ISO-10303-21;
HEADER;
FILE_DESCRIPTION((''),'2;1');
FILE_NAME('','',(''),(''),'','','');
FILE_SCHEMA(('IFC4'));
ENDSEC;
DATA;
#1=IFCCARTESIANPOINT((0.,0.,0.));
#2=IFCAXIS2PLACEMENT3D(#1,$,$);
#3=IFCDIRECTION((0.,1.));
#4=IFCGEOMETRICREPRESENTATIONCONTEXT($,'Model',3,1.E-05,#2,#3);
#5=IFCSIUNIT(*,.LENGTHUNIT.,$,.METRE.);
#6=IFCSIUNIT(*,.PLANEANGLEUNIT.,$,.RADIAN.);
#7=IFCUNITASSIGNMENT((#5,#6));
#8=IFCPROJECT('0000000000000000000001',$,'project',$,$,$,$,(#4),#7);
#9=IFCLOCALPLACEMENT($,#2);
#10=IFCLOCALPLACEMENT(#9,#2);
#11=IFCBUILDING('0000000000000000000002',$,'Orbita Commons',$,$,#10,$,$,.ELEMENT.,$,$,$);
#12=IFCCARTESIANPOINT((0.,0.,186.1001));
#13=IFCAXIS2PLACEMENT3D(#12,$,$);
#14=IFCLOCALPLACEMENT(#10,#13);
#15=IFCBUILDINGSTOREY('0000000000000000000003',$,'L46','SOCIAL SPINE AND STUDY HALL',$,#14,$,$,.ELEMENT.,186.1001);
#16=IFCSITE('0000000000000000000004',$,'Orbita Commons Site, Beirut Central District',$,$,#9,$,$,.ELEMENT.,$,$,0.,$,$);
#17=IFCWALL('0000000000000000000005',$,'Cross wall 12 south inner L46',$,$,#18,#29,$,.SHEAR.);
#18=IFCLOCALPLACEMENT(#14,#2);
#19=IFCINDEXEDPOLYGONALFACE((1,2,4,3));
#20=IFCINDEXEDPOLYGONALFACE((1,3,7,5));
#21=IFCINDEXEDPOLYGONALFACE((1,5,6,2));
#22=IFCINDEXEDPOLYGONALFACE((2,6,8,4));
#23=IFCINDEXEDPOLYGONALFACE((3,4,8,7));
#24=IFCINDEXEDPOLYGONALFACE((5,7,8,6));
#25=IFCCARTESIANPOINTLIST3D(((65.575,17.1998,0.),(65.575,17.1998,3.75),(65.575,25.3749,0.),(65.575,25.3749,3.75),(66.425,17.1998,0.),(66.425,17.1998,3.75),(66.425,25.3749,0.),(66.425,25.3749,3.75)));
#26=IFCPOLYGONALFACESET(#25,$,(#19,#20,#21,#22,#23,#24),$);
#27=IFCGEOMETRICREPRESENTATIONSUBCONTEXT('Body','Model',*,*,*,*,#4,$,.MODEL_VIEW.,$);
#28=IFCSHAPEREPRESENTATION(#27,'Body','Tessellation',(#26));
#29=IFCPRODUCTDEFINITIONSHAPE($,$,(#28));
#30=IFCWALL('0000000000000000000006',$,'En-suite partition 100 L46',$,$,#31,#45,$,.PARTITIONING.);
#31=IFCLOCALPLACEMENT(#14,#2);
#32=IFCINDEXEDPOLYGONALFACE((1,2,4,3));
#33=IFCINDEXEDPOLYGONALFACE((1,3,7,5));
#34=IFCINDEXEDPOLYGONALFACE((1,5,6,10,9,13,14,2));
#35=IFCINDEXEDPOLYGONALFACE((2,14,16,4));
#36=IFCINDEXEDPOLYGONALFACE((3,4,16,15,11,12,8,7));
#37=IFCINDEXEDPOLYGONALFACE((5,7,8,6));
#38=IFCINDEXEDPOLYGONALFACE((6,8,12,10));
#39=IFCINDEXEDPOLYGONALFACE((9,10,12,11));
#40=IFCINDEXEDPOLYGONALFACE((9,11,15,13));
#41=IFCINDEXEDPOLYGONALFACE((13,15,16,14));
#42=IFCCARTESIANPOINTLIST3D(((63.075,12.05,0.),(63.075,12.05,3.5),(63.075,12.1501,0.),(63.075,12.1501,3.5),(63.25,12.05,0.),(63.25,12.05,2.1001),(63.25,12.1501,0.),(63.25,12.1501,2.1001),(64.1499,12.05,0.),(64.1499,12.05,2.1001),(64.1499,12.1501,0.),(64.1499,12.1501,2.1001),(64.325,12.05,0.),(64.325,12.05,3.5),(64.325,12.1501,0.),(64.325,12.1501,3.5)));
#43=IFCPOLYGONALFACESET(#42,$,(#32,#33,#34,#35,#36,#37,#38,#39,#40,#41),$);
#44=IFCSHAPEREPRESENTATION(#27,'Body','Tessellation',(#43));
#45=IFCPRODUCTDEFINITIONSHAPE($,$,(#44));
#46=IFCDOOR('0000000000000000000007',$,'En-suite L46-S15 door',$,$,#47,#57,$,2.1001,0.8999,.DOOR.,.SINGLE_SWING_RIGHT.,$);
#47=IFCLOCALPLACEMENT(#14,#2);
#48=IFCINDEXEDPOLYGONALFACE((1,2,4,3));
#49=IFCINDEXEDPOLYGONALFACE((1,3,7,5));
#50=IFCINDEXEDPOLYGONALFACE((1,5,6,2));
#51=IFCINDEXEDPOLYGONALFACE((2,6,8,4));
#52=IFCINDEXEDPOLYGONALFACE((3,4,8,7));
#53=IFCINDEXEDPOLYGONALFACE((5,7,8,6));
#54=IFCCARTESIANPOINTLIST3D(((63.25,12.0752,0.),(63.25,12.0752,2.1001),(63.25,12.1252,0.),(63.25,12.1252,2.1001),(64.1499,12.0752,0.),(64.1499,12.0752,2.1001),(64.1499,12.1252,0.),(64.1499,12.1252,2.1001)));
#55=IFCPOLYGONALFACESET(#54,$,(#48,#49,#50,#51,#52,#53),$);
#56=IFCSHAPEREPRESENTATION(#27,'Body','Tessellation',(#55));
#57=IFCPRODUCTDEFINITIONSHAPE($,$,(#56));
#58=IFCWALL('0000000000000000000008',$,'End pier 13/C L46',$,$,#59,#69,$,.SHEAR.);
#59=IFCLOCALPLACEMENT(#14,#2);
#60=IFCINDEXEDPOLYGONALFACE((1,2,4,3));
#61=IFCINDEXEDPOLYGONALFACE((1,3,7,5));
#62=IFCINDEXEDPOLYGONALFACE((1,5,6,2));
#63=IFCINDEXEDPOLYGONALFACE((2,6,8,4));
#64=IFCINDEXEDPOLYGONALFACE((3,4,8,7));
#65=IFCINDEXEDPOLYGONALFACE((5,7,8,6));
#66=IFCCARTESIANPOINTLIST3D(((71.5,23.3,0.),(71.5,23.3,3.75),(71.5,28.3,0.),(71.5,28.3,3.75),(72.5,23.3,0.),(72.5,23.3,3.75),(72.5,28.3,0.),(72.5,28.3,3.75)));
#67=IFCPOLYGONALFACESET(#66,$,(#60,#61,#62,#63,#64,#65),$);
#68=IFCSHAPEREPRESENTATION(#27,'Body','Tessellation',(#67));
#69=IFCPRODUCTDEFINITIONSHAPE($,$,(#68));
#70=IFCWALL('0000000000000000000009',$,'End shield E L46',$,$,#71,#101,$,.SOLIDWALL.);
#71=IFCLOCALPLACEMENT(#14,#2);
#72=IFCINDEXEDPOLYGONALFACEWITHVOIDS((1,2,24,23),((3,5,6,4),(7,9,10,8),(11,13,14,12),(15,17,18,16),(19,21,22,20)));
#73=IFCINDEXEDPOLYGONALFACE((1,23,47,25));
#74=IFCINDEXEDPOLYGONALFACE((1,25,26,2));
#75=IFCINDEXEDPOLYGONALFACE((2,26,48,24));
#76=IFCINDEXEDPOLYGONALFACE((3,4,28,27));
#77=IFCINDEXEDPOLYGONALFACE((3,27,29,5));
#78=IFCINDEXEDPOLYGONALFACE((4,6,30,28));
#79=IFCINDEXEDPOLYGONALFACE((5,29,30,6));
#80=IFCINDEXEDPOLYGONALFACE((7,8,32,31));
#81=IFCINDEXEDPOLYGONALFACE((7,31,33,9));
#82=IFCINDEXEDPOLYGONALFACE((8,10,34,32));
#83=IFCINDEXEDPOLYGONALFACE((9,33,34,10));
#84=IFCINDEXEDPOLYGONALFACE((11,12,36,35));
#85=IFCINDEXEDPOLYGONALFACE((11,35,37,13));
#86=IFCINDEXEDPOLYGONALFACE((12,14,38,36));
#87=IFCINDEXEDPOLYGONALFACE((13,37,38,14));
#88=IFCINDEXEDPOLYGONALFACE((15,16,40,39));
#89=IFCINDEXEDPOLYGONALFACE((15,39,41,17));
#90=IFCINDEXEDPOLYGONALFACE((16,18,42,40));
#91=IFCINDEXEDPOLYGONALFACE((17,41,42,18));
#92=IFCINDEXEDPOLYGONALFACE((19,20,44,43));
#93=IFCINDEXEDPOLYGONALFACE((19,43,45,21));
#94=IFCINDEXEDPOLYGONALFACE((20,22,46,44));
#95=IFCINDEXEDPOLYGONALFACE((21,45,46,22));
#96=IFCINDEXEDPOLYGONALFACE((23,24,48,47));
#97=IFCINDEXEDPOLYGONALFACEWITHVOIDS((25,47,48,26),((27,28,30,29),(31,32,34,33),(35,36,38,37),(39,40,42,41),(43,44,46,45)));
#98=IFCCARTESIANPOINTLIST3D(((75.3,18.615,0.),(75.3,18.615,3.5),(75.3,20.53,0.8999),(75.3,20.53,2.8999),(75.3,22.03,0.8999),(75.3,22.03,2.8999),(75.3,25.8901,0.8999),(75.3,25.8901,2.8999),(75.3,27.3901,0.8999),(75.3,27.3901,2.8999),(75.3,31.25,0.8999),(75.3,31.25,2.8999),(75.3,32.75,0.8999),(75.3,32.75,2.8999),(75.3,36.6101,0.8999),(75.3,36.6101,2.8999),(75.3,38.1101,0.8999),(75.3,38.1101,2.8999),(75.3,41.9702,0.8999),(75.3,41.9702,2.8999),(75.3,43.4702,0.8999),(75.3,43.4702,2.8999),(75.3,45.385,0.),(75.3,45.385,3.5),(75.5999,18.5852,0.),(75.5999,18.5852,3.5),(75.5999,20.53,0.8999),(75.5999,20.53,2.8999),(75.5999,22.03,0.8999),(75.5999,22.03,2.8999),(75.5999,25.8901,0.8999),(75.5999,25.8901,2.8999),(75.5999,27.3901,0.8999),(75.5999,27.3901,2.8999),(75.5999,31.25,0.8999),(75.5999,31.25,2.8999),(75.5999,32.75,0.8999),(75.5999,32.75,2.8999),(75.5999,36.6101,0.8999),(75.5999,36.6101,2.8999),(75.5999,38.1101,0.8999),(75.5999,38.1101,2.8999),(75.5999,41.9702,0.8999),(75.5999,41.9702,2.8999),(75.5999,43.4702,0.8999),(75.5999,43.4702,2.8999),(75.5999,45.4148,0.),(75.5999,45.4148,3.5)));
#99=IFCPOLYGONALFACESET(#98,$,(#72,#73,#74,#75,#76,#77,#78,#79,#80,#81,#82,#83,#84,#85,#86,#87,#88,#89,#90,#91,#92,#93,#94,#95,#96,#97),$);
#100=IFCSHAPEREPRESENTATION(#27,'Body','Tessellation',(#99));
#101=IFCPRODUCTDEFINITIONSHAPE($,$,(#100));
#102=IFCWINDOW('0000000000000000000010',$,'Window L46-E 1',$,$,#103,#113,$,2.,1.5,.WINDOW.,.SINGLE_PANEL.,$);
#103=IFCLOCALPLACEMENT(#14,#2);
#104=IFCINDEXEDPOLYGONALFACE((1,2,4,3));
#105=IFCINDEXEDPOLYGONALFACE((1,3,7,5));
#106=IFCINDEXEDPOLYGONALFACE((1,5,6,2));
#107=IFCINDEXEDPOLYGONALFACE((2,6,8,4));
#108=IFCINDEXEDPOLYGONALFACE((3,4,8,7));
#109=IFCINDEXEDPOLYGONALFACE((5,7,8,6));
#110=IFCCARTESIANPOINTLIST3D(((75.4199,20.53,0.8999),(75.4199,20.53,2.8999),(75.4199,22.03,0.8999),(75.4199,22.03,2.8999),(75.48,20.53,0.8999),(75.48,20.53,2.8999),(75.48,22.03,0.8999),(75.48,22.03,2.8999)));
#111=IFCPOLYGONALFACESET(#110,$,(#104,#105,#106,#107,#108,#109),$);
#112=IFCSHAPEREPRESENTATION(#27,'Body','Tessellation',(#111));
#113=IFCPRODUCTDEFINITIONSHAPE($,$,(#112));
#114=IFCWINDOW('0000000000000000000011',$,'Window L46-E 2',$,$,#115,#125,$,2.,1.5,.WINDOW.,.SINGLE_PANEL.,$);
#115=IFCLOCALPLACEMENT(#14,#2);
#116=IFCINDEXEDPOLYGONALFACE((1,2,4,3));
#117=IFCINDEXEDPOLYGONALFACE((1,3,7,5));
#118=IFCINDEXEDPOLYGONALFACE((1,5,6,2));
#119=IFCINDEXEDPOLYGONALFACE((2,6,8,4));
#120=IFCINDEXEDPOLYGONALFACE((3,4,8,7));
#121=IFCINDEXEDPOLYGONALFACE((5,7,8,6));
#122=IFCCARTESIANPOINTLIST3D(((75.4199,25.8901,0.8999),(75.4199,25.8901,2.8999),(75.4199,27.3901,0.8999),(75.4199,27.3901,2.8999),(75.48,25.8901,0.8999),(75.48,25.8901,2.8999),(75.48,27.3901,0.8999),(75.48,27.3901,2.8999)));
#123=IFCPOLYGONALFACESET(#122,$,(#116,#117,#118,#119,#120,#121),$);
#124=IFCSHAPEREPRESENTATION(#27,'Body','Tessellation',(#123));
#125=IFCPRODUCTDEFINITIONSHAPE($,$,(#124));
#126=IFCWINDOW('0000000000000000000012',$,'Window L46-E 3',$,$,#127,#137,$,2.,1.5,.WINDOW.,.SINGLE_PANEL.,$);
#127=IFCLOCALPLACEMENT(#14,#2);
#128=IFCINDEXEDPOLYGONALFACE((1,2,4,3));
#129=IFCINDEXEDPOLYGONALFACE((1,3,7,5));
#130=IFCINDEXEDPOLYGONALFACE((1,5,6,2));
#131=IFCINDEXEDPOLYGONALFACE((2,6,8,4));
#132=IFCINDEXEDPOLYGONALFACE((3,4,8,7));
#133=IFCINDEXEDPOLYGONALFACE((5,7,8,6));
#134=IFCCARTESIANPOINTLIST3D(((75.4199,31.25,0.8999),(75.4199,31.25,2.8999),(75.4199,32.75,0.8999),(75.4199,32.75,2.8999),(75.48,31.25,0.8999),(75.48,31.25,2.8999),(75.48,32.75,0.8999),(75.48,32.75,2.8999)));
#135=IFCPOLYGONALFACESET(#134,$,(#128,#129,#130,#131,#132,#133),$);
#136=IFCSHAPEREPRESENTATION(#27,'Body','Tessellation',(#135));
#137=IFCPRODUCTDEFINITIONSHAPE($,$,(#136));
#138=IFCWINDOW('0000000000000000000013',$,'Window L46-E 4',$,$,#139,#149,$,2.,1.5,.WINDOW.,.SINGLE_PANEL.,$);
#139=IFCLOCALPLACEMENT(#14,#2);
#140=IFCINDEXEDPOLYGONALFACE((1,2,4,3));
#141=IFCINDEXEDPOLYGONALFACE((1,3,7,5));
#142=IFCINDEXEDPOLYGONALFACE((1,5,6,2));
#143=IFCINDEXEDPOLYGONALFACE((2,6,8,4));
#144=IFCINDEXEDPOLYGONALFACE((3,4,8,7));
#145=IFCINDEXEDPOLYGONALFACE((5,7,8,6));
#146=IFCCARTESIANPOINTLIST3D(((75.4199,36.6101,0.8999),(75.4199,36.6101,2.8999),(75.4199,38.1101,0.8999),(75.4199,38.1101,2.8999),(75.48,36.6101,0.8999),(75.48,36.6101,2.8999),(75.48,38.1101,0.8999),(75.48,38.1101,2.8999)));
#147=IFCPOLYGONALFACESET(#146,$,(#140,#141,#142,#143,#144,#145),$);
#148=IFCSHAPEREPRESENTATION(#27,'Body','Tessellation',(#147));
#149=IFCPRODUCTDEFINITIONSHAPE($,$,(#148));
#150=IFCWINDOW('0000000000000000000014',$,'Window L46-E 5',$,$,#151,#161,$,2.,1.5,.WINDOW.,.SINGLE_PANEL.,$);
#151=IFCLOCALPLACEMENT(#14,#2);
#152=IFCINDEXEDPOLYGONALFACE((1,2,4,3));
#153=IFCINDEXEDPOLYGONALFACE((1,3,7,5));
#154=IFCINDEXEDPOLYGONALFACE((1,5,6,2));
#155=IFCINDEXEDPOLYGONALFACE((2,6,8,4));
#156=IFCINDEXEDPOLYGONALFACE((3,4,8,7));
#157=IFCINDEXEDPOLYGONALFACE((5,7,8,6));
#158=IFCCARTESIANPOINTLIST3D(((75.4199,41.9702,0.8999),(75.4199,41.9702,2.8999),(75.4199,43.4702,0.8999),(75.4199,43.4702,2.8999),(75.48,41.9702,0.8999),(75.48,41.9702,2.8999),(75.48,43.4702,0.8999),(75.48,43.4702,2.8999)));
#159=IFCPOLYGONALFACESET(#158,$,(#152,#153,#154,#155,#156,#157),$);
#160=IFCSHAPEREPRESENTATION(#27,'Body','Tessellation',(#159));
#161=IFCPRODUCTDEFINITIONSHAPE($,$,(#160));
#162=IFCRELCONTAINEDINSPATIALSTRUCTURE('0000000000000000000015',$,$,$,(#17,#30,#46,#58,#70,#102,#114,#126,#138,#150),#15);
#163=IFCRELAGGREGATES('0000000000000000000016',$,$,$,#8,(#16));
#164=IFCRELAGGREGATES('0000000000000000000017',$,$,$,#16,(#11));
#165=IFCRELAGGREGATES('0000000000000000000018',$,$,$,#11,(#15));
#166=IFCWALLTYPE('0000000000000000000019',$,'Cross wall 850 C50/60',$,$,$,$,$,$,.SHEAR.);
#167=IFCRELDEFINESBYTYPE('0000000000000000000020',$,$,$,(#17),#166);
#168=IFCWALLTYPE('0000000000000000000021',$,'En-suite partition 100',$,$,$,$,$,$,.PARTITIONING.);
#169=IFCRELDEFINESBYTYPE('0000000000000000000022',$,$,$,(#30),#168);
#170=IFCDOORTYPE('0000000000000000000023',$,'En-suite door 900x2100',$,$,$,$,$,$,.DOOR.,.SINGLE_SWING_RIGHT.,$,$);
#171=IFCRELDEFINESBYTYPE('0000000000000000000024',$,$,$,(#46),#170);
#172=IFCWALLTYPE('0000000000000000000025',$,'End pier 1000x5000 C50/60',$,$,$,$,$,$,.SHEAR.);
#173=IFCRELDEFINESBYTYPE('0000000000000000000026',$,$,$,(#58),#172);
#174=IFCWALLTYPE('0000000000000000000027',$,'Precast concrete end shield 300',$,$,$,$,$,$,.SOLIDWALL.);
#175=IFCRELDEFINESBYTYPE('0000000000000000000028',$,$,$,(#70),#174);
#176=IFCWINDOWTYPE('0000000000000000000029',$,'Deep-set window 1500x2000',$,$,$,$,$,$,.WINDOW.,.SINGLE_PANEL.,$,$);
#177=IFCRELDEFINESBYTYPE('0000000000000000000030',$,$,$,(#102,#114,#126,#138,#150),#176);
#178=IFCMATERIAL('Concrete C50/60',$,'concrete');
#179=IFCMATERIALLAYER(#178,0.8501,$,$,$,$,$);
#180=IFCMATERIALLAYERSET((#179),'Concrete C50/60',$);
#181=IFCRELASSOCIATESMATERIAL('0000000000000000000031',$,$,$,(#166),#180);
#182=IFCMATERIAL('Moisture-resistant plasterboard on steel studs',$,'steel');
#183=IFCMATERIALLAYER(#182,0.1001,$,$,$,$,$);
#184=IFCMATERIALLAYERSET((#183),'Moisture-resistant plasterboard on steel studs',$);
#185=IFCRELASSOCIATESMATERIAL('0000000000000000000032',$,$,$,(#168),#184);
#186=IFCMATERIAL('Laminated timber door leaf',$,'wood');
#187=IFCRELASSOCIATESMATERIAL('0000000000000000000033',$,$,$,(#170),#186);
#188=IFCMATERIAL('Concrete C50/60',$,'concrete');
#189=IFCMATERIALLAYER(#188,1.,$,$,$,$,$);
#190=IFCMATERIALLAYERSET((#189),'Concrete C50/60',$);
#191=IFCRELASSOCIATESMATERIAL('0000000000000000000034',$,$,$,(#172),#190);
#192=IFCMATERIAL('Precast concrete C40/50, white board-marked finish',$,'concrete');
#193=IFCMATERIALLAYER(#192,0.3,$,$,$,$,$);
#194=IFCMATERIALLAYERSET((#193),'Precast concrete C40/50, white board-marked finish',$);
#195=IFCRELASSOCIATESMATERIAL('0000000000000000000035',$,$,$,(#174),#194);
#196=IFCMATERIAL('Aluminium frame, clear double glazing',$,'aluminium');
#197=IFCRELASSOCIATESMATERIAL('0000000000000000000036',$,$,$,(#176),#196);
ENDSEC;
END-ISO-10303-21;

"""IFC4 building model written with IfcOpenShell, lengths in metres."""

from ifc_helpers import new_model, si_unit, direction, frame, frame_2d, origin, place, context, subcontext, project, spatial, polyline, rectangle, outline, extrude, material, layer, layer_set, type_object, element, fill, save


model = new_model("IFC4")

# Units and contexts
model_context = context("Model", 3, precision=1e-05, world=origin(), true_north=direction((0.0, 1.0)))
body_context = subcontext(model_context, "Body", "Model", "MODEL_VIEW")
ifc_project = project(units=[si_unit("LENGTHUNIT", "METRE"), si_unit("PLANEANGLEUNIT", "RADIAN")], contexts=[model_context])

# Site, building, storey
site_placement = place(None, origin())
site = spatial("IfcSite", under=ifc_project, at=site_placement, Name="Orbita Commons Site, Beirut Central District", CompositionType="ELEMENT", RefElevation=0.0)
building_placement = place(site_placement, origin())
building = spatial("IfcBuilding", under=site, at=building_placement, Name="Orbita Commons", CompositionType="ELEMENT")
storey_placement = place(building_placement, frame((0.0, 0.0, 186.1001)))
storey = spatial("IfcBuildingStorey", under=building, at=storey_placement, Name="L46", Description="SOCIAL SPINE AND STUDY HALL", CompositionType="ELEMENT", Elevation=186.1001)

# Wall
ifc_material_1 = material(Name="Concrete C50/60", Category="concrete")
ifc_layer_1 = layer(ifc_material_1, 0.8501)
ifc_layer_set_1 = layer_set([ifc_layer_1], Name="Concrete C50/60")
wall_type_1 = type_object("IfcWallType", Name="Cross wall 850 C50/60", PredefinedType="SHEAR", material=ifc_layer_set_1)
wall_1_placement = place(storey_placement, frame((66.0, 17.2, 0.0), z_axis=(0.0, 0.0, 1.0), x_axis=(0.0, 1.0, 0.0)))
element("IfcWall", 1, at=wall_1_placement, inside=storey, type_object=wall_type_1, Name="Cross wall 12 south inner L46", PredefinedType="SHEAR", context=body_context, shape_type="SweptSolid", body=[
    extrude(rectangle(XDim=8.175, YDim=0.8501, at=frame_2d((4.0874, 0.0))), origin(), (0.0, 0.0, 1.0), 3.75),
])

# Wall, opening, door
ifc_material_2 = material(Name="Moisture-resistant plasterboard on steel studs", Category="steel")
ifc_layer_2 = layer(ifc_material_2, 0.1001)
ifc_layer_set_2 = layer_set([ifc_layer_2], Name="Moisture-resistant plasterboard on steel studs")
wall_type_2 = type_object("IfcWallType", Name="En-suite partition 100", PredefinedType="PARTITIONING", material=ifc_layer_set_2)
wall_2_placement = place(storey_placement, frame((64.325, 12.1001, 0.0), z_axis=(0.0, 0.0, 1.0), x_axis=(-1.0, 0.0, 0.0)))
wall_2 = element("IfcWall", 2, at=wall_2_placement, inside=storey, type_object=wall_type_2, Name="En-suite partition 100 L46", PredefinedType="PARTITIONING", context=body_context, shape_type="SweptSolid", body=[
    extrude(rectangle(XDim=1.25, YDim=0.1001, at=frame_2d((0.625, 0.0))), origin(), (0.0, 0.0, 1.0), 3.5),
])
opening_1_placement = place(wall_2_placement, frame((0.175, 0.0, 0.0)))
opening_1 = element("IfcOpeningElement", 3, at=opening_1_placement, cuts=wall_2, PredefinedType="OPENING", context=body_context, shape_type="SweptSolid", body=[
    extrude(rectangle(XDim=0.8999, YDim=2.1001, at=frame_2d((0.45, 1.05))), frame((0.0, 0.0601, 0.0), z_axis=(0.0, -1.0, 0.0), x_axis=(1.0, 0.0, 0.0)), (0.0, 0.0, 1.0), 0.1201),
])
ifc_material_3 = material(Name="Laminated timber door leaf", Category="wood")
door_type_1 = type_object("IfcDoorType", Name="En-suite door 900x2100", OperationType="SINGLE_SWING_RIGHT", PredefinedType="DOOR", material=ifc_material_3)
door_1_placement = place(opening_1_placement, origin())
door_1 = element("IfcDoor", 4, at=door_1_placement, inside=storey, type_object=door_type_1, Name="En-suite L46-S15 door", OperationType="SINGLE_SWING_RIGHT", OverallHeight=2.1001, OverallWidth=0.8999, PredefinedType="DOOR", context=body_context, shape_type="SweptSolid", body=[
    extrude(rectangle(XDim=0.8999, YDim=2.1001, at=frame_2d((0.45, 1.05))), frame((0.0, 0.0249, 0.0), z_axis=(0.0, -1.0, 0.0), x_axis=(1.0, 0.0, 0.0)), (0.0, 0.0, 1.0), 0.05),
])
fill(opening_1, door_1)

# Wall
ifc_material_4 = material(Name="Concrete C50/60", Category="concrete")
ifc_layer_3 = layer(ifc_material_4, 1.0)
ifc_layer_set_3 = layer_set([ifc_layer_3], Name="Concrete C50/60")
wall_type_3 = type_object("IfcWallType", Name="End pier 1000x5000 C50/60", PredefinedType="SHEAR", material=ifc_layer_set_3)
wall_3_placement = place(storey_placement, frame((72.0, 23.3, 0.0), z_axis=(0.0, 0.0, 1.0), x_axis=(0.0, 1.0, 0.0)))
element("IfcWall", 5, at=wall_3_placement, inside=storey, type_object=wall_type_3, Name="End pier 13/C L46", PredefinedType="SHEAR", context=body_context, shape_type="SweptSolid", body=[
    extrude(rectangle(XDim=5.0, YDim=1.0, at=frame_2d((2.5, 0.0))), origin(), (0.0, 0.0, 1.0), 3.75),
])

# Wall, openings, windows
ifc_material_5 = material(Name="Precast concrete C40/50, white board-marked finish", Category="concrete")
ifc_layer_4 = layer(ifc_material_5, 0.3)
ifc_layer_set_4 = layer_set([ifc_layer_4], Name="Precast concrete C40/50, white board-marked finish")
wall_type_4 = type_object("IfcWallType", Name="Precast concrete end shield 300", PredefinedType="SOLIDWALL", material=ifc_layer_set_4)
wall_4_placement = place(storey_placement, frame((75.45, 18.6001, 0.0), z_axis=(0.0, 0.0, 1.0), x_axis=(0.0, 1.0, 0.0)))
wall_4 = element("IfcWall", 6, at=wall_4_placement, inside=storey, type_object=wall_type_4, Name="End shield E L46", PredefinedType="SOLIDWALL", context=body_context, shape_type="SweptSolid", body=[
    extrude(outline(polyline([(-0.0149, -0.1499), (26.8147, -0.1499), (26.7849, 0.1499), (0.0149, 0.1499), (-0.0149, -0.1499)])), origin(), (0.0, 0.0, 1.0), 3.5),
])
opening_2_placement = place(wall_4_placement, frame((1.9299, 0.0, 0.8999)))
opening_2 = element("IfcOpeningElement", 7, at=opening_2_placement, cuts=wall_4, PredefinedType="OPENING", context=body_context, shape_type="SweptSolid", body=[
    extrude(rectangle(XDim=1.5, YDim=2.0, at=frame_2d((0.75, 1.0))), frame((0.0, 0.1599, 0.0), z_axis=(0.0, -1.0, 0.0), x_axis=(1.0, 0.0, 0.0)), (0.0, 0.0, 1.0), 0.3201),
])
opening_3_placement = place(wall_4_placement, frame((7.29, 0.0, 0.8999)))
opening_3 = element("IfcOpeningElement", 8, at=opening_3_placement, cuts=wall_4, PredefinedType="OPENING", context=body_context, shape_type="SweptSolid", body=[
    extrude(rectangle(XDim=1.5, YDim=2.0, at=frame_2d((0.75, 1.0))), frame((0.0, 0.1599, 0.0), z_axis=(0.0, -1.0, 0.0), x_axis=(1.0, 0.0, 0.0)), (0.0, 0.0, 1.0), 0.3201),
])
opening_4_placement = place(wall_4_placement, frame((12.6499, 0.0, 0.8999)))
opening_4 = element("IfcOpeningElement", 9, at=opening_4_placement, cuts=wall_4, PredefinedType="OPENING", context=body_context, shape_type="SweptSolid", body=[
    extrude(rectangle(XDim=1.5, YDim=2.0, at=frame_2d((0.75, 1.0))), frame((0.0, 0.1599, 0.0), z_axis=(0.0, -1.0, 0.0), x_axis=(1.0, 0.0, 0.0)), (0.0, 0.0, 1.0), 0.3201),
])
opening_5_placement = place(wall_4_placement, frame((18.01, 0.0, 0.8999)))
opening_5 = element("IfcOpeningElement", 10, at=opening_5_placement, cuts=wall_4, PredefinedType="OPENING", context=body_context, shape_type="SweptSolid", body=[
    extrude(rectangle(XDim=1.5, YDim=2.0, at=frame_2d((0.75, 1.0))), frame((0.0, 0.1599, 0.0), z_axis=(0.0, -1.0, 0.0), x_axis=(1.0, 0.0, 0.0)), (0.0, 0.0, 1.0), 0.3201),
])
opening_6_placement = place(wall_4_placement, frame((23.3701, 0.0, 0.8999)))
opening_6 = element("IfcOpeningElement", 11, at=opening_6_placement, cuts=wall_4, PredefinedType="OPENING", context=body_context, shape_type="SweptSolid", body=[
    extrude(rectangle(XDim=1.5, YDim=2.0, at=frame_2d((0.75, 1.0))), frame((0.0, 0.1599, 0.0), z_axis=(0.0, -1.0, 0.0), x_axis=(1.0, 0.0, 0.0)), (0.0, 0.0, 1.0), 0.3201),
])
ifc_material_6 = material(Name="Aluminium frame, clear double glazing", Category="aluminium")
window_type_1 = type_object("IfcWindowType", Name="Deep-set window 1500x2000", PartitioningType="SINGLE_PANEL", PredefinedType="WINDOW", material=ifc_material_6)
window_1_placement = place(opening_2_placement, origin())
window_1 = element("IfcWindow", 12, at=window_1_placement, inside=storey, type_object=window_type_1, Name="Window L46-E 1", OverallHeight=2.0, OverallWidth=1.5, PartitioningType="SINGLE_PANEL", PredefinedType="WINDOW", context=body_context, shape_type="SweptSolid", body=[
    extrude(rectangle(XDim=1.5, YDim=2.0, at=frame_2d((0.75, 1.0))), frame((0.0, 0.03, 0.0), z_axis=(0.0, -1.0, 0.0), x_axis=(1.0, 0.0, 0.0)), (0.0, 0.0, 1.0), 0.0601),
])
fill(opening_2, window_1)
window_2_placement = place(opening_3_placement, origin())
window_2 = element("IfcWindow", 13, at=window_2_placement, inside=storey, type_object=window_type_1, Name="Window L46-E 2", OverallHeight=2.0, OverallWidth=1.5, PartitioningType="SINGLE_PANEL", PredefinedType="WINDOW", context=body_context, shape_type="SweptSolid", body=[
    extrude(rectangle(XDim=1.5, YDim=2.0, at=frame_2d((0.75, 1.0))), frame((0.0, 0.03, 0.0), z_axis=(0.0, -1.0, 0.0), x_axis=(1.0, 0.0, 0.0)), (0.0, 0.0, 1.0), 0.0601),
])
fill(opening_3, window_2)
window_3_placement = place(opening_4_placement, origin())
window_3 = element("IfcWindow", 14, at=window_3_placement, inside=storey, type_object=window_type_1, Name="Window L46-E 3", OverallHeight=2.0, OverallWidth=1.5, PartitioningType="SINGLE_PANEL", PredefinedType="WINDOW", context=body_context, shape_type="SweptSolid", body=[
    extrude(rectangle(XDim=1.5, YDim=2.0, at=frame_2d((0.75, 1.0))), frame((0.0, 0.03, 0.0), z_axis=(0.0, -1.0, 0.0), x_axis=(1.0, 0.0, 0.0)), (0.0, 0.0, 1.0), 0.0601),
])
fill(opening_4, window_3)
window_4_placement = place(opening_5_placement, origin())
window_4 = element("IfcWindow", 15, at=window_4_placement, inside=storey, type_object=window_type_1, Name="Window L46-E 4", OverallHeight=2.0, OverallWidth=1.5, PartitioningType="SINGLE_PANEL", PredefinedType="WINDOW", context=body_context, shape_type="SweptSolid", body=[
    extrude(rectangle(XDim=1.5, YDim=2.0, at=frame_2d((0.75, 1.0))), frame((0.0, 0.03, 0.0), z_axis=(0.0, -1.0, 0.0), x_axis=(1.0, 0.0, 0.0)), (0.0, 0.0, 1.0), 0.0601),
])
fill(opening_5, window_4)
window_5_placement = place(opening_6_placement, origin())
window_5 = element("IfcWindow", 16, at=window_5_placement, inside=storey, type_object=window_type_1, Name="Window L46-E 5", OverallHeight=2.0, OverallWidth=1.5, PartitioningType="SINGLE_PANEL", PredefinedType="WINDOW", context=body_context, shape_type="SweptSolid", body=[
    extrude(rectangle(XDim=1.5, YDim=2.0, at=frame_2d((0.75, 1.0))), frame((0.0, 0.03, 0.0), z_axis=(0.0, -1.0, 0.0), x_axis=(1.0, 0.0, 0.0)), (0.0, 0.0, 1.0), 0.0601),
])
fill(opening_6, window_5)

save(model, "model.ifc")
